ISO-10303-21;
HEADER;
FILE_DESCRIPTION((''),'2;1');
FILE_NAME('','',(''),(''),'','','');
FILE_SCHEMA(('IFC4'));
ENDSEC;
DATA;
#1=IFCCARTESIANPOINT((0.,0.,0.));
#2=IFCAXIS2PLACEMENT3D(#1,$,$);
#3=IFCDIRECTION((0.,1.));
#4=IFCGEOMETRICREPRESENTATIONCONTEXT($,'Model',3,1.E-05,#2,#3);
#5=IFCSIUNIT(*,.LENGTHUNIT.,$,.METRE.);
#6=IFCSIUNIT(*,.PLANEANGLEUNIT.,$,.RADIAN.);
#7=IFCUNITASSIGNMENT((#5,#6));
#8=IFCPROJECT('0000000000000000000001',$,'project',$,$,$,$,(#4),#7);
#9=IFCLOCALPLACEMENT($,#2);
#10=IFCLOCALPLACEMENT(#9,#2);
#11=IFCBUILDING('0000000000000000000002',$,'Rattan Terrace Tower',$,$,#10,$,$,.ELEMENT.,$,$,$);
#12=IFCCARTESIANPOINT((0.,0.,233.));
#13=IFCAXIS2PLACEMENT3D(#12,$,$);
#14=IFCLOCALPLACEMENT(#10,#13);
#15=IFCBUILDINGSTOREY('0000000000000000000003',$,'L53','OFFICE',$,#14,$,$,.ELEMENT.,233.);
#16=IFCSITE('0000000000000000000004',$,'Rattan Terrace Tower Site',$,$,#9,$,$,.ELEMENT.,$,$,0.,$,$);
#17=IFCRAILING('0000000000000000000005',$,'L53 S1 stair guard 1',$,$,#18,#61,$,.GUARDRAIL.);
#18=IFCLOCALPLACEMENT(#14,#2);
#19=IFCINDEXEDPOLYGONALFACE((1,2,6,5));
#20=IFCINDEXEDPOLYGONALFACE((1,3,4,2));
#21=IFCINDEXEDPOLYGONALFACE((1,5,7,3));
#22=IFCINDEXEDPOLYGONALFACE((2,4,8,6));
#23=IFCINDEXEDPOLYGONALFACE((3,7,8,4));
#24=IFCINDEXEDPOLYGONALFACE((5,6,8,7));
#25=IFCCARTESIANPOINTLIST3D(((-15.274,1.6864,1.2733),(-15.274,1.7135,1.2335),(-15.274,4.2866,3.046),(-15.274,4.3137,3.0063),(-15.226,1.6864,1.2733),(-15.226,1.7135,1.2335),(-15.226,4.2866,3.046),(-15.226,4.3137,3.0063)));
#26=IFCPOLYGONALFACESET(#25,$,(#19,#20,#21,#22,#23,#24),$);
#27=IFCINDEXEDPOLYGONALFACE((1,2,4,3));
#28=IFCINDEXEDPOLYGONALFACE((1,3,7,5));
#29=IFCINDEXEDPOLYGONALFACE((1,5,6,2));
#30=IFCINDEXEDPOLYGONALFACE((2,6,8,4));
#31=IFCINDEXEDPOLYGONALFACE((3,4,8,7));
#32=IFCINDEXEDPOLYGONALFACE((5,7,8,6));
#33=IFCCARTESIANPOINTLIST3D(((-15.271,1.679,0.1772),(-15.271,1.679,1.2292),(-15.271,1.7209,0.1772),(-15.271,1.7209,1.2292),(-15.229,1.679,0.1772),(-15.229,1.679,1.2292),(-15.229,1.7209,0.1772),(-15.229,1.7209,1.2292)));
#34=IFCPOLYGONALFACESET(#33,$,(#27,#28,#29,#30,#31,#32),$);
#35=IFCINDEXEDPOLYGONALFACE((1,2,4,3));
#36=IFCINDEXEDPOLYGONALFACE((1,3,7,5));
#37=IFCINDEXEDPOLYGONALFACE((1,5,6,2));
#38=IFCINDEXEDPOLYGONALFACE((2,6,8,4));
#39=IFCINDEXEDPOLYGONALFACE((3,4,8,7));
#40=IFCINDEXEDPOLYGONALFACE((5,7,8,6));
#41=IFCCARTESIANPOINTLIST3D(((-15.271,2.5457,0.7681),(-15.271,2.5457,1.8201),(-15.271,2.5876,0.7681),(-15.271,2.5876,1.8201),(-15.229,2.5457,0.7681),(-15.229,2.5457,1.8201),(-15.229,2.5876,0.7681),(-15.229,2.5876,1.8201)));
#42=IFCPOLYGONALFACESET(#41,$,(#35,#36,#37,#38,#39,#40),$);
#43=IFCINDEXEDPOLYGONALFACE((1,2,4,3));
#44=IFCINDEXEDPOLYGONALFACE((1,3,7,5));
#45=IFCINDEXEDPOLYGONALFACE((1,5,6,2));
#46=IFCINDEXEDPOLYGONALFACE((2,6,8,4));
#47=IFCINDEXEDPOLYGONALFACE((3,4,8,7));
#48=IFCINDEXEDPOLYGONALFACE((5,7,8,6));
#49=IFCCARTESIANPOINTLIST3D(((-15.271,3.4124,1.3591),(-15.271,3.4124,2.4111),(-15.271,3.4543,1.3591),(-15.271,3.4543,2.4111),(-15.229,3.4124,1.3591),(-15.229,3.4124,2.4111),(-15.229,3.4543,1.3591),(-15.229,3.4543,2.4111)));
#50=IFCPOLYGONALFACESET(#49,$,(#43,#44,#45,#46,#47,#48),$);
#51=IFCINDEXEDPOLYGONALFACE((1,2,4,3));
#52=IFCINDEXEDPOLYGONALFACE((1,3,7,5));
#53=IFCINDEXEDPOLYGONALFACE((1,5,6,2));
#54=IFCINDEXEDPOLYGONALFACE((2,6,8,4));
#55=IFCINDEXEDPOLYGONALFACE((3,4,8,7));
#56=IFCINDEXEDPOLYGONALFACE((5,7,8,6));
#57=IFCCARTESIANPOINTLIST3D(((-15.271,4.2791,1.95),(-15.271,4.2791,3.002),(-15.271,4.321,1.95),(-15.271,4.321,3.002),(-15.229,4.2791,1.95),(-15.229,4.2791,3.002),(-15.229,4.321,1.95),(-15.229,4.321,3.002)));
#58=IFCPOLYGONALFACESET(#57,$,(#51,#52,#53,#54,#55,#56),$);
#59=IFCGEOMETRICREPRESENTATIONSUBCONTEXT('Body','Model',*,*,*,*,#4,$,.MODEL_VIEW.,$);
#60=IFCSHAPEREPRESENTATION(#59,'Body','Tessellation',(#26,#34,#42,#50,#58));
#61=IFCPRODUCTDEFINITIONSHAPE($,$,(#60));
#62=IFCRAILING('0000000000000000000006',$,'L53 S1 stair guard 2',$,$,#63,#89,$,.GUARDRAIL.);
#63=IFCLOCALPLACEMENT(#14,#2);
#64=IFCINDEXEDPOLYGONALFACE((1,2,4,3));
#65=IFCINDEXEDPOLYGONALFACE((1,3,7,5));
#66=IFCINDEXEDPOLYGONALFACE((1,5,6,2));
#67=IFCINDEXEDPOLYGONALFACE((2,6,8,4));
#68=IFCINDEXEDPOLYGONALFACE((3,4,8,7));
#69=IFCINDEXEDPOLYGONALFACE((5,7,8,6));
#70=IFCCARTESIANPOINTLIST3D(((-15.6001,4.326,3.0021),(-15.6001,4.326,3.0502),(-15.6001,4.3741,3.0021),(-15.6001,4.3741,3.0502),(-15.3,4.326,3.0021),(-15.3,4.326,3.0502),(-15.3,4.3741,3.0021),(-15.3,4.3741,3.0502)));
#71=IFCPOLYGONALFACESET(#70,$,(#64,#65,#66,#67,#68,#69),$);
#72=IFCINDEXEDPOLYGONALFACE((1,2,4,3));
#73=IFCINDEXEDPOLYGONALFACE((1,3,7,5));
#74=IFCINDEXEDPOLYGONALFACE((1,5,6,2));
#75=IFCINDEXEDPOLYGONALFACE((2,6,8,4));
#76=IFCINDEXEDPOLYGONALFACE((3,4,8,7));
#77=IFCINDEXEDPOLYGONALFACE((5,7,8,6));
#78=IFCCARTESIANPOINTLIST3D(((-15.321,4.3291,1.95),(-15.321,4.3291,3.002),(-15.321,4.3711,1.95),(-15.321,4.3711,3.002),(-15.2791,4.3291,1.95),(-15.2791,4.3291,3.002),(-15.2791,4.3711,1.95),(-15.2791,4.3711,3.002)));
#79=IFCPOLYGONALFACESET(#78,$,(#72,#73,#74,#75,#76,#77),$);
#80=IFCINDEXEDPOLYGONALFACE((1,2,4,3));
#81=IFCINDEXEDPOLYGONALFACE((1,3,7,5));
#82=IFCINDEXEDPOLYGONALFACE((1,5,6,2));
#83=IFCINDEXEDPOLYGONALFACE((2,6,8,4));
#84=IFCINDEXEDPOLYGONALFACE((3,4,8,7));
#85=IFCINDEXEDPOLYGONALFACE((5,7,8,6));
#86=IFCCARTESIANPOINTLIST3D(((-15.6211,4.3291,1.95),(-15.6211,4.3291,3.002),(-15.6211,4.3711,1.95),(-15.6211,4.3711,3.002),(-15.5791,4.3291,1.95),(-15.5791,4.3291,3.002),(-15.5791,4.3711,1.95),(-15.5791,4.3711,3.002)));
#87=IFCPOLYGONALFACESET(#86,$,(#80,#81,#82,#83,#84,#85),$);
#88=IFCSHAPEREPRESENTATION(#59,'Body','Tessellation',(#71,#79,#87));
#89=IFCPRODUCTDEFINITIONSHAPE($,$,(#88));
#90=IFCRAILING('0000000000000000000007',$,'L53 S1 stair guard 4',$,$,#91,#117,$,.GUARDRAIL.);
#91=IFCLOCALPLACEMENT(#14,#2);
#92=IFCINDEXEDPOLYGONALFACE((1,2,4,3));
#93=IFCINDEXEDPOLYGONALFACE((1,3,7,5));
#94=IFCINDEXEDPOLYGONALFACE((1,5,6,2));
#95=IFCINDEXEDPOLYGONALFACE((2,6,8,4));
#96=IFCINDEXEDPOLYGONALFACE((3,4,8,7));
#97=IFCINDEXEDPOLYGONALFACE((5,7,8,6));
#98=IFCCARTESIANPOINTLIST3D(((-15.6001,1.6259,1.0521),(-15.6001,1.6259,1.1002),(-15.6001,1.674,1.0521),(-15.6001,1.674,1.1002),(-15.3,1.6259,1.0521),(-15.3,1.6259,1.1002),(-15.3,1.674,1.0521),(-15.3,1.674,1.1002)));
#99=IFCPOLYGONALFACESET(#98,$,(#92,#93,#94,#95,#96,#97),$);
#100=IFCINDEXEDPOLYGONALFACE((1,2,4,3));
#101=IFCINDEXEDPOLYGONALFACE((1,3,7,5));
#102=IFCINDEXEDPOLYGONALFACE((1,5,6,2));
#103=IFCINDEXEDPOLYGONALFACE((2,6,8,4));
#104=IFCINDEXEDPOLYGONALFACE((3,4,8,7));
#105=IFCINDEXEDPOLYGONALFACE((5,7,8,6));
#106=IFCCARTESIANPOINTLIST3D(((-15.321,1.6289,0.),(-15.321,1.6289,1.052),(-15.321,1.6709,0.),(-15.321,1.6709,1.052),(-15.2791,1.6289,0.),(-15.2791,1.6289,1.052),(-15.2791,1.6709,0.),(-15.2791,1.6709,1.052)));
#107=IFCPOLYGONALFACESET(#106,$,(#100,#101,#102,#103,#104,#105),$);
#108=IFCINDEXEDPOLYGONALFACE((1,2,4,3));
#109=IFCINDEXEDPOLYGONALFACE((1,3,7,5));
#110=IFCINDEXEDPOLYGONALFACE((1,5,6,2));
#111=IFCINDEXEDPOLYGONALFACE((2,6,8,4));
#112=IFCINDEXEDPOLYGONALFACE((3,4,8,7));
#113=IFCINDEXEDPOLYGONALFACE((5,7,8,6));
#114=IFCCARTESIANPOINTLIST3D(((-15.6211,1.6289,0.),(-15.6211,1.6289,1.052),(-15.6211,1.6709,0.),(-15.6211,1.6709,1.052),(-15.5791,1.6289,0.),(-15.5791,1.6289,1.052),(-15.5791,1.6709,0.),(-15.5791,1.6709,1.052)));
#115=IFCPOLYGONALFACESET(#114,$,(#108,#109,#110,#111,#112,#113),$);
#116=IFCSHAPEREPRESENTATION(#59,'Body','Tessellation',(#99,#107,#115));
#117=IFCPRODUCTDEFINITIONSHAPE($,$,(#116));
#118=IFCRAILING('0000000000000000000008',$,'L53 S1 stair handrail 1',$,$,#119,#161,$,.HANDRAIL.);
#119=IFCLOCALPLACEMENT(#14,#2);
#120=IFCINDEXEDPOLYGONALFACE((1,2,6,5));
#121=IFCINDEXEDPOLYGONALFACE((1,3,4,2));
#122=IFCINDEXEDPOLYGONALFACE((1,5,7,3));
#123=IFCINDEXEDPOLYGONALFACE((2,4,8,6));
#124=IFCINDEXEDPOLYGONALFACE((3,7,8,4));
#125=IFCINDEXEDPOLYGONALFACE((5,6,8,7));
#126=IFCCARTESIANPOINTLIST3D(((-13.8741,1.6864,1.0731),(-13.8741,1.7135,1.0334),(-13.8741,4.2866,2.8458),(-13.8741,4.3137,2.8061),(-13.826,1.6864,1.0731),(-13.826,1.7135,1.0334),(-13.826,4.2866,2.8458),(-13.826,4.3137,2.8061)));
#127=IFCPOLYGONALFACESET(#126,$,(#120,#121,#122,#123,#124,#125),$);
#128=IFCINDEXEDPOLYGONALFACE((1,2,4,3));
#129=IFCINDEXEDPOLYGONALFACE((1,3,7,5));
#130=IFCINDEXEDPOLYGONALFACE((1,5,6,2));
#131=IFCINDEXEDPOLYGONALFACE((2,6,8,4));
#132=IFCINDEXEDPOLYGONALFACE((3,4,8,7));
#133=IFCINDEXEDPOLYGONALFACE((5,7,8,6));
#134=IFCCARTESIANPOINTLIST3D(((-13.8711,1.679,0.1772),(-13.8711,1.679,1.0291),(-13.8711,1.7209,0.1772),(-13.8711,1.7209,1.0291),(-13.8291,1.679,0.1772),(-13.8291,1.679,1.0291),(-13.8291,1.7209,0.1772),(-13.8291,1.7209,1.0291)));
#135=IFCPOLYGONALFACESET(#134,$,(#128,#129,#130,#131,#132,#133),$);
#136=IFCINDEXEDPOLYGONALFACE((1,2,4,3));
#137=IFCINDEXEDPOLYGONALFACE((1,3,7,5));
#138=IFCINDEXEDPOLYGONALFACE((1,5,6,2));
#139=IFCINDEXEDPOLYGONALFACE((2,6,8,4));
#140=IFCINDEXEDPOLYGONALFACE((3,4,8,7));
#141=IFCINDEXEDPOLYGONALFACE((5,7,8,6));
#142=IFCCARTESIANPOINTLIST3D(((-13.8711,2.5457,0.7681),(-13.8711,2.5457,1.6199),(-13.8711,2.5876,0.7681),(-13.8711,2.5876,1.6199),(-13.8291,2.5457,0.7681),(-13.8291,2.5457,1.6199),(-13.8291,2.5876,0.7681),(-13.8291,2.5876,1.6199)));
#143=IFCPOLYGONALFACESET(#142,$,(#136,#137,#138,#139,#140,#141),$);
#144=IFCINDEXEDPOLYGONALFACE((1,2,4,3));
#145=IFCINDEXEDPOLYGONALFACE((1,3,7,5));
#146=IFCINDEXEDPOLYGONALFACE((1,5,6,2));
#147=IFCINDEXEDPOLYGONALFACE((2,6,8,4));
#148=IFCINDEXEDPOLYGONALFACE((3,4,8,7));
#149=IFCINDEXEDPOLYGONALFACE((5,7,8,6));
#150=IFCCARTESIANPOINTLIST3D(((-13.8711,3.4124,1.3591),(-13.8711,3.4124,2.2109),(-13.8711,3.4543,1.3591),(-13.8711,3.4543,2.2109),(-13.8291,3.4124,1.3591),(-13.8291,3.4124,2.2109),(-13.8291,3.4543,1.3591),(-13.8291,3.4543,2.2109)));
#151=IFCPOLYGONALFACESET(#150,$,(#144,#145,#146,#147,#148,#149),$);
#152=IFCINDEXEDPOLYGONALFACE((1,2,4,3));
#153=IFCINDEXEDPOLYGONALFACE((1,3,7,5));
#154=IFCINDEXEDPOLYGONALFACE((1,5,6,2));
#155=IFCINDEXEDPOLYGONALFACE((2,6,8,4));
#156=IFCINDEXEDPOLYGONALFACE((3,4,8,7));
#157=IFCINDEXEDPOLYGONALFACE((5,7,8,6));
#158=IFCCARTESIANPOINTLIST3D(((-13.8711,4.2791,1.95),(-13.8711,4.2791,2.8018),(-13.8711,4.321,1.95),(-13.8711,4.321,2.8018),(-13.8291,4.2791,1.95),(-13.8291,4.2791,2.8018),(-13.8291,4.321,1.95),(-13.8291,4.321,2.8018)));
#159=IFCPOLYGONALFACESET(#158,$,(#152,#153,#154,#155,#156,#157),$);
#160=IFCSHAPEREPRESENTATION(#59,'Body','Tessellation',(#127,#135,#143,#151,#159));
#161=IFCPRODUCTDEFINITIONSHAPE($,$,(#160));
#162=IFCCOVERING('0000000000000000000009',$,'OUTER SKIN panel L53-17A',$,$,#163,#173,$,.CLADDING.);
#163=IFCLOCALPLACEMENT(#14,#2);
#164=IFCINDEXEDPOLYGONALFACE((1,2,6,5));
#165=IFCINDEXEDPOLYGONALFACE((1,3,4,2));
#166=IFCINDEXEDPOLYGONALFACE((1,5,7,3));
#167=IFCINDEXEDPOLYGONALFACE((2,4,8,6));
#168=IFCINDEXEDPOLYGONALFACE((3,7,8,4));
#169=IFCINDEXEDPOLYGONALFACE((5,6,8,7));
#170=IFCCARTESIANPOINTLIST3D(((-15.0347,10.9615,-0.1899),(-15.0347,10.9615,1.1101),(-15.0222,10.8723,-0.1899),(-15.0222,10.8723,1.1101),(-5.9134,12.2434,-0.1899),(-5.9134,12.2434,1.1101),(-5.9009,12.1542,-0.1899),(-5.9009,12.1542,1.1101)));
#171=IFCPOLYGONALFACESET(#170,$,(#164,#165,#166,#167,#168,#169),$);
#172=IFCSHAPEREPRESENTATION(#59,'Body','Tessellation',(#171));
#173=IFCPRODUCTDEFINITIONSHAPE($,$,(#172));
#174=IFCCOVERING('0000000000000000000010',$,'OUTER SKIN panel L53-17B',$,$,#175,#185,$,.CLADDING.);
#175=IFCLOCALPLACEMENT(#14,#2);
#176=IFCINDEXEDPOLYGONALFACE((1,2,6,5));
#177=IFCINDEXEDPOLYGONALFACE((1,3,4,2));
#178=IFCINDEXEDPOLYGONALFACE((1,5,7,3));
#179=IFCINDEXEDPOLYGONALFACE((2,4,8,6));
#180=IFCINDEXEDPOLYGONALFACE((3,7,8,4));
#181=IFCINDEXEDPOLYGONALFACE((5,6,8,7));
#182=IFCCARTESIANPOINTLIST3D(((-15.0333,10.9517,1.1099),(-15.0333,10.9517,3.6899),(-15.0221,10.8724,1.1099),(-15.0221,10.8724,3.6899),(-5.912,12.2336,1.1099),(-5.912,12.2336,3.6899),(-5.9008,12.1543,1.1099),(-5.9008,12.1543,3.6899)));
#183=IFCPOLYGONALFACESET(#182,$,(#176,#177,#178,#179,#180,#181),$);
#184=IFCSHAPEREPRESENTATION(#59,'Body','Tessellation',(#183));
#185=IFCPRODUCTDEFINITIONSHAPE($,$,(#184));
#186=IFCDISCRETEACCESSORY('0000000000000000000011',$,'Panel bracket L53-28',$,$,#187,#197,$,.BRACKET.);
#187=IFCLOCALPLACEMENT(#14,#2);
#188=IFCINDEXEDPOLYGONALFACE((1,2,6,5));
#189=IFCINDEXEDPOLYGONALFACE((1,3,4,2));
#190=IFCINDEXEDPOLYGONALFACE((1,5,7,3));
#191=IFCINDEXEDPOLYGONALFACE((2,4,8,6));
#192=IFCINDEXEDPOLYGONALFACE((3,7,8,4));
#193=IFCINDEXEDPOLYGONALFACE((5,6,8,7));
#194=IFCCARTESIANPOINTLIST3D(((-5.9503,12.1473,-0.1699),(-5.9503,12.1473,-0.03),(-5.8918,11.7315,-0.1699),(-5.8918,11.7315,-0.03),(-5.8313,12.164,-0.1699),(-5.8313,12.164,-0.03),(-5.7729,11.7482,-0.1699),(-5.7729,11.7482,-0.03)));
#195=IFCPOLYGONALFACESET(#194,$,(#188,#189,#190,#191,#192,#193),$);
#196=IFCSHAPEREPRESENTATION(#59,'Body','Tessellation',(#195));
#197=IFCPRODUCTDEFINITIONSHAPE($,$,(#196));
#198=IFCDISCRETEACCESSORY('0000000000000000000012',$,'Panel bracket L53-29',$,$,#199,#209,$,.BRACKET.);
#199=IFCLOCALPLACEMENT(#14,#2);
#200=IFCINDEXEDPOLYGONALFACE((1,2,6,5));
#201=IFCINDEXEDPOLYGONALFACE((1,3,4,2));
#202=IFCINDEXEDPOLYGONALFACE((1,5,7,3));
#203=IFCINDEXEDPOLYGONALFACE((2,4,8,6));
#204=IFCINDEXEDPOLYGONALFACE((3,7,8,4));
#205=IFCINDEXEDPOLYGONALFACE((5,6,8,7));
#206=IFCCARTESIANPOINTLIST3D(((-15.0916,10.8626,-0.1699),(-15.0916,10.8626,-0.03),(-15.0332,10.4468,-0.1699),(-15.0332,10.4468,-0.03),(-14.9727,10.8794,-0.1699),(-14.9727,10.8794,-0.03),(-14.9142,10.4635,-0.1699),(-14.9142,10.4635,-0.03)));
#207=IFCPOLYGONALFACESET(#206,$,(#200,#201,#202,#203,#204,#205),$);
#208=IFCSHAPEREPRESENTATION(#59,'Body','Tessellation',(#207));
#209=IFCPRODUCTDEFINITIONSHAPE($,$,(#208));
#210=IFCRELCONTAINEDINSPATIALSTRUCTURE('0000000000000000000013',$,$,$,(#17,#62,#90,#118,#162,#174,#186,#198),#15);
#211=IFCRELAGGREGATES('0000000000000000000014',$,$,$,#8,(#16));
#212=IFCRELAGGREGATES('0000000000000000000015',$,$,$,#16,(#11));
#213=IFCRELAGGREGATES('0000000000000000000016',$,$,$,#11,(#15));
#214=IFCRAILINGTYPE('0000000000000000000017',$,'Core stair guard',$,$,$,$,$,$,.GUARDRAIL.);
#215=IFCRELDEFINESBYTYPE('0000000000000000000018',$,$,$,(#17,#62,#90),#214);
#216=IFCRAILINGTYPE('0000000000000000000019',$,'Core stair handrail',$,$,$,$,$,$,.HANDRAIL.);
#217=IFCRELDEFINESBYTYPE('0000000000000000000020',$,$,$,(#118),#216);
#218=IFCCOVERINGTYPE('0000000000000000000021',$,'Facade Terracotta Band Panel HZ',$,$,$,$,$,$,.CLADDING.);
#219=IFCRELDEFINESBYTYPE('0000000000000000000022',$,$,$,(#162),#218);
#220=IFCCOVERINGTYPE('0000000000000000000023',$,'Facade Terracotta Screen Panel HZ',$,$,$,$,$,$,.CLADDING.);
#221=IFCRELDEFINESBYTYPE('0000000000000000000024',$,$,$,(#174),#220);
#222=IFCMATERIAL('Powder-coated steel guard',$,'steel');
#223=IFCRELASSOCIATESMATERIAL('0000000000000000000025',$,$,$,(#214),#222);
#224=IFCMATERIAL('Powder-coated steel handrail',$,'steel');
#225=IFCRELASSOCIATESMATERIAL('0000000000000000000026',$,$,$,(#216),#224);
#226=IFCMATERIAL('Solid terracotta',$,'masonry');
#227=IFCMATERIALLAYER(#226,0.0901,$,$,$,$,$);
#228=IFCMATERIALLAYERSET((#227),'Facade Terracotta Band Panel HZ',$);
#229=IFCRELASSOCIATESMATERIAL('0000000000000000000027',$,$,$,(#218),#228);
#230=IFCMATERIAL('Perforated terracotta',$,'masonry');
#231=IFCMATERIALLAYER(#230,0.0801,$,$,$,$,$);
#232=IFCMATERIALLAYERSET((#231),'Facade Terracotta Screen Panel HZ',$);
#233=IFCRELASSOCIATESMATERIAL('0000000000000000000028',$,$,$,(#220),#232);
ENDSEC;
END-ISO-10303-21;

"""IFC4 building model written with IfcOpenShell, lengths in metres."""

from ifc_helpers import new_model, si_unit, direction, frame, origin, origin_2d, place, context, subcontext, project, spatial, rectangle, extrude, material, layer, layer_set, type_object, element, save


model = new_model("IFC4")

# Units and contexts
model_context = context("Model", 3, precision=1e-05, world=origin(), true_north=direction((0.0, 1.0)))
body_context = subcontext(model_context, "Body", "Model", "MODEL_VIEW")
ifc_project = project(units=[si_unit("LENGTHUNIT", "METRE"), si_unit("PLANEANGLEUNIT", "RADIAN")], contexts=[model_context])

# Site, building, storey
site_placement = place(None, origin())
site = spatial("IfcSite", under=ifc_project, at=site_placement, Name="Rattan Terrace Tower Site", CompositionType="ELEMENT", RefElevation=0.0)
building_placement = place(site_placement, origin())
building = spatial("IfcBuilding", under=site, at=building_placement, Name="Rattan Terrace Tower", CompositionType="ELEMENT")
storey_placement = place(building_placement, frame((0.0, 0.0, 233.0)))
storey = spatial("IfcBuildingStorey", under=building, at=storey_placement, Name="L53", Description="OFFICE", CompositionType="ELEMENT", Elevation=233.0)

# Railings
ifc_material_1 = material(Name="Powder-coated steel guard", Category="steel")
railing_type_1 = type_object("IfcRailingType", Name="Core stair guard", PredefinedType="GUARDRAIL", material=ifc_material_1)
railing_1_placement = place(storey_placement, frame((-15.25, 1.7, 0.1772)))
element("IfcRailing", 1, at=railing_1_placement, inside=storey, type_object=railing_type_1, Name="L53 S1 stair guard 1", PredefinedType="GUARDRAIL", context=body_context, shape_type="SweptSolid", body=[
    extrude(rectangle(XDim=0.0481, YDim=0.0481, at=origin_2d()), frame((0.0, 0.0, 1.0762), z_axis=(0.0, 0.82624, 0.563318), x_axis=(-1.0, 0.0, 0.0)), (0.0, 0.0, 1.0), 3.147),
    extrude(rectangle(XDim=0.042, YDim=0.042, at=origin_2d()), origin(), (0.0, 0.0, 1.0), 1.052),
    extrude(rectangle(XDim=0.042, YDim=0.042, at=origin_2d()), frame((0.0, 0.8667, 0.5908)), (0.0, 0.0, 1.0), 1.052),
    extrude(rectangle(XDim=0.042, YDim=0.042, at=origin_2d()), frame((0.0, 1.7334, 1.1819)), (0.0, 0.0, 1.0), 1.052),
    extrude(rectangle(XDim=0.042, YDim=0.042, at=origin_2d()), frame((0.0, 2.6001, 1.7727)), (0.0, 0.0, 1.0), 1.052),
])
for number, where, name in (
    (2, (-15.3, 4.3501, 1.95), "L53 S1 stair guard 2"),
    (3, (-15.3, 1.6499, 0.0), "L53 S1 stair guard 4"),
):
    element("IfcRailing", number, at=place(storey_placement, frame(where)), inside=storey, type_object=railing_type_1, Name=name, PredefinedType="GUARDRAIL", context=body_context, shape_type="SweptSolid", body=[
        extrude(rectangle(XDim=0.0481, YDim=0.0481, at=origin_2d()), frame((0.0, 0.0, 1.0762), z_axis=(-1.0, 0.0, 0.0), x_axis=(0.0, -1.0, 0.0)), (0.0, 0.0, 1.0), 0.3),
        extrude(rectangle(XDim=0.042, YDim=0.042, at=origin_2d()), origin(), (0.0, 0.0, 1.0), 1.052),
        extrude(rectangle(XDim=0.042, YDim=0.042, at=origin_2d()), frame((-0.3, 0.0, 0.0)), (0.0, 0.0, 1.0), 1.052),
    ])
ifc_material_2 = material(Name="Powder-coated steel handrail", Category="steel")
railing_type_2 = type_object("IfcRailingType", Name="Core stair handrail", PredefinedType="HANDRAIL", material=ifc_material_2)
railing_2_placement = place(storey_placement, frame((-13.8501, 1.7, 0.1772)))
element("IfcRailing", 4, at=railing_2_placement, inside=storey, type_object=railing_type_2, Name="L53 S1 stair handrail 1", PredefinedType="HANDRAIL", context=body_context, shape_type="SweptSolid", body=[
    extrude(rectangle(XDim=0.0481, YDim=0.0481, at=origin_2d()), frame((0.0, 0.0, 0.876), z_axis=(0.0, 0.82624, 0.563318), x_axis=(-1.0, 0.0, 0.0)), (0.0, 0.0, 1.0), 3.147),
    extrude(rectangle(XDim=0.042, YDim=0.042, at=origin_2d()), origin(), (0.0, 0.0, 1.0), 0.8518),
    extrude(rectangle(XDim=0.042, YDim=0.042, at=origin_2d()), frame((0.0, 0.8667, 0.5908)), (0.0, 0.0, 1.0), 0.8518),
    extrude(rectangle(XDim=0.042, YDim=0.042, at=origin_2d()), frame((0.0, 1.7334, 1.1819)), (0.0, 0.0, 1.0), 0.8518),
    extrude(rectangle(XDim=0.042, YDim=0.042, at=origin_2d()), frame((0.0, 2.6001, 1.7727)), (0.0, 0.0, 1.0), 0.8518),
])

# Coverings
ifc_material_3 = material(Name="Solid terracotta", Category="masonry")
ifc_layer_1 = layer(ifc_material_3, 0.0901)
ifc_layer_set_1 = layer_set([ifc_layer_1], Name="Facade Terracotta Band Panel HZ")
covering_type_1 = type_object("IfcCoveringType", Name="Facade Terracotta Band Panel HZ", PredefinedType="CLADDING", material=ifc_layer_set_1)
covering_1_placement = place(storey_placement, frame((-10.4678, 11.5579, -0.1899), z_axis=(0.0, 0.0, 1.0), x_axis=(-0.990267, -0.139177, 0.0)))
element("IfcCovering", 5, at=covering_1_placement, inside=storey, type_object=covering_type_1, Name="OUTER SKIN panel L53-17A", PredefinedType="CLADDING", context=body_context, shape_type="SweptSolid", body=[
    extrude(rectangle(XDim=9.2109, YDim=0.0901, at=origin_2d()), origin(), (0.0, 0.0, 1.0), 1.3),
])
ifc_material_4 = material(Name="Perforated terracotta", Category="masonry")
ifc_layer_2 = layer(ifc_material_4, 0.0801)
ifc_layer_set_2 = layer_set([ifc_layer_2], Name="Facade Terracotta Screen Panel HZ")
covering_type_2 = type_object("IfcCoveringType", Name="Facade Terracotta Screen Panel HZ", PredefinedType="CLADDING", material=ifc_layer_set_2)
covering_2_placement = place(storey_placement, frame((-10.467, 11.553, 1.1099), z_axis=(0.0, 0.0, 1.0), x_axis=(-0.990267, -0.139177, 0.0)))
element("IfcCovering", 6, at=covering_2_placement, inside=storey, type_object=covering_type_2, Name="OUTER SKIN panel L53-17B", PredefinedType="CLADDING", context=body_context, shape_type="SweptSolid", body=[
    extrude(rectangle(XDim=9.2109, YDim=0.0801, at=origin_2d()), origin(), (0.0, 0.0, 1.0), 2.5801),
])

# Discrete accessories
for number, where, z_axis, x_axis, name in (
    (7, (-5.8616, 11.9478, -0.1699), (0.0, 0.0, 1.0), (-0.990267, -0.139177, 0.0), "Panel bracket L53-28"),
    (8, (-15.0029, 10.6631, -0.1699), (0.0, 0.0, 1.0), (-0.990267, -0.139177, 0.0), "Panel bracket L53-29"),
):
    element("IfcDiscreteAccessory", number, at=place(storey_placement, frame(where, z_axis=z_axis, x_axis=x_axis)), inside=storey, Name=name, PredefinedType="BRACKET", context=body_context, shape_type="SweptSolid", body=[
        extrude(rectangle(XDim=0.1201, YDim=0.4199, at=origin_2d()), origin(), (0.0, 0.0, 1.0), 0.1399),
    ])

save(model, "model.ifc")
